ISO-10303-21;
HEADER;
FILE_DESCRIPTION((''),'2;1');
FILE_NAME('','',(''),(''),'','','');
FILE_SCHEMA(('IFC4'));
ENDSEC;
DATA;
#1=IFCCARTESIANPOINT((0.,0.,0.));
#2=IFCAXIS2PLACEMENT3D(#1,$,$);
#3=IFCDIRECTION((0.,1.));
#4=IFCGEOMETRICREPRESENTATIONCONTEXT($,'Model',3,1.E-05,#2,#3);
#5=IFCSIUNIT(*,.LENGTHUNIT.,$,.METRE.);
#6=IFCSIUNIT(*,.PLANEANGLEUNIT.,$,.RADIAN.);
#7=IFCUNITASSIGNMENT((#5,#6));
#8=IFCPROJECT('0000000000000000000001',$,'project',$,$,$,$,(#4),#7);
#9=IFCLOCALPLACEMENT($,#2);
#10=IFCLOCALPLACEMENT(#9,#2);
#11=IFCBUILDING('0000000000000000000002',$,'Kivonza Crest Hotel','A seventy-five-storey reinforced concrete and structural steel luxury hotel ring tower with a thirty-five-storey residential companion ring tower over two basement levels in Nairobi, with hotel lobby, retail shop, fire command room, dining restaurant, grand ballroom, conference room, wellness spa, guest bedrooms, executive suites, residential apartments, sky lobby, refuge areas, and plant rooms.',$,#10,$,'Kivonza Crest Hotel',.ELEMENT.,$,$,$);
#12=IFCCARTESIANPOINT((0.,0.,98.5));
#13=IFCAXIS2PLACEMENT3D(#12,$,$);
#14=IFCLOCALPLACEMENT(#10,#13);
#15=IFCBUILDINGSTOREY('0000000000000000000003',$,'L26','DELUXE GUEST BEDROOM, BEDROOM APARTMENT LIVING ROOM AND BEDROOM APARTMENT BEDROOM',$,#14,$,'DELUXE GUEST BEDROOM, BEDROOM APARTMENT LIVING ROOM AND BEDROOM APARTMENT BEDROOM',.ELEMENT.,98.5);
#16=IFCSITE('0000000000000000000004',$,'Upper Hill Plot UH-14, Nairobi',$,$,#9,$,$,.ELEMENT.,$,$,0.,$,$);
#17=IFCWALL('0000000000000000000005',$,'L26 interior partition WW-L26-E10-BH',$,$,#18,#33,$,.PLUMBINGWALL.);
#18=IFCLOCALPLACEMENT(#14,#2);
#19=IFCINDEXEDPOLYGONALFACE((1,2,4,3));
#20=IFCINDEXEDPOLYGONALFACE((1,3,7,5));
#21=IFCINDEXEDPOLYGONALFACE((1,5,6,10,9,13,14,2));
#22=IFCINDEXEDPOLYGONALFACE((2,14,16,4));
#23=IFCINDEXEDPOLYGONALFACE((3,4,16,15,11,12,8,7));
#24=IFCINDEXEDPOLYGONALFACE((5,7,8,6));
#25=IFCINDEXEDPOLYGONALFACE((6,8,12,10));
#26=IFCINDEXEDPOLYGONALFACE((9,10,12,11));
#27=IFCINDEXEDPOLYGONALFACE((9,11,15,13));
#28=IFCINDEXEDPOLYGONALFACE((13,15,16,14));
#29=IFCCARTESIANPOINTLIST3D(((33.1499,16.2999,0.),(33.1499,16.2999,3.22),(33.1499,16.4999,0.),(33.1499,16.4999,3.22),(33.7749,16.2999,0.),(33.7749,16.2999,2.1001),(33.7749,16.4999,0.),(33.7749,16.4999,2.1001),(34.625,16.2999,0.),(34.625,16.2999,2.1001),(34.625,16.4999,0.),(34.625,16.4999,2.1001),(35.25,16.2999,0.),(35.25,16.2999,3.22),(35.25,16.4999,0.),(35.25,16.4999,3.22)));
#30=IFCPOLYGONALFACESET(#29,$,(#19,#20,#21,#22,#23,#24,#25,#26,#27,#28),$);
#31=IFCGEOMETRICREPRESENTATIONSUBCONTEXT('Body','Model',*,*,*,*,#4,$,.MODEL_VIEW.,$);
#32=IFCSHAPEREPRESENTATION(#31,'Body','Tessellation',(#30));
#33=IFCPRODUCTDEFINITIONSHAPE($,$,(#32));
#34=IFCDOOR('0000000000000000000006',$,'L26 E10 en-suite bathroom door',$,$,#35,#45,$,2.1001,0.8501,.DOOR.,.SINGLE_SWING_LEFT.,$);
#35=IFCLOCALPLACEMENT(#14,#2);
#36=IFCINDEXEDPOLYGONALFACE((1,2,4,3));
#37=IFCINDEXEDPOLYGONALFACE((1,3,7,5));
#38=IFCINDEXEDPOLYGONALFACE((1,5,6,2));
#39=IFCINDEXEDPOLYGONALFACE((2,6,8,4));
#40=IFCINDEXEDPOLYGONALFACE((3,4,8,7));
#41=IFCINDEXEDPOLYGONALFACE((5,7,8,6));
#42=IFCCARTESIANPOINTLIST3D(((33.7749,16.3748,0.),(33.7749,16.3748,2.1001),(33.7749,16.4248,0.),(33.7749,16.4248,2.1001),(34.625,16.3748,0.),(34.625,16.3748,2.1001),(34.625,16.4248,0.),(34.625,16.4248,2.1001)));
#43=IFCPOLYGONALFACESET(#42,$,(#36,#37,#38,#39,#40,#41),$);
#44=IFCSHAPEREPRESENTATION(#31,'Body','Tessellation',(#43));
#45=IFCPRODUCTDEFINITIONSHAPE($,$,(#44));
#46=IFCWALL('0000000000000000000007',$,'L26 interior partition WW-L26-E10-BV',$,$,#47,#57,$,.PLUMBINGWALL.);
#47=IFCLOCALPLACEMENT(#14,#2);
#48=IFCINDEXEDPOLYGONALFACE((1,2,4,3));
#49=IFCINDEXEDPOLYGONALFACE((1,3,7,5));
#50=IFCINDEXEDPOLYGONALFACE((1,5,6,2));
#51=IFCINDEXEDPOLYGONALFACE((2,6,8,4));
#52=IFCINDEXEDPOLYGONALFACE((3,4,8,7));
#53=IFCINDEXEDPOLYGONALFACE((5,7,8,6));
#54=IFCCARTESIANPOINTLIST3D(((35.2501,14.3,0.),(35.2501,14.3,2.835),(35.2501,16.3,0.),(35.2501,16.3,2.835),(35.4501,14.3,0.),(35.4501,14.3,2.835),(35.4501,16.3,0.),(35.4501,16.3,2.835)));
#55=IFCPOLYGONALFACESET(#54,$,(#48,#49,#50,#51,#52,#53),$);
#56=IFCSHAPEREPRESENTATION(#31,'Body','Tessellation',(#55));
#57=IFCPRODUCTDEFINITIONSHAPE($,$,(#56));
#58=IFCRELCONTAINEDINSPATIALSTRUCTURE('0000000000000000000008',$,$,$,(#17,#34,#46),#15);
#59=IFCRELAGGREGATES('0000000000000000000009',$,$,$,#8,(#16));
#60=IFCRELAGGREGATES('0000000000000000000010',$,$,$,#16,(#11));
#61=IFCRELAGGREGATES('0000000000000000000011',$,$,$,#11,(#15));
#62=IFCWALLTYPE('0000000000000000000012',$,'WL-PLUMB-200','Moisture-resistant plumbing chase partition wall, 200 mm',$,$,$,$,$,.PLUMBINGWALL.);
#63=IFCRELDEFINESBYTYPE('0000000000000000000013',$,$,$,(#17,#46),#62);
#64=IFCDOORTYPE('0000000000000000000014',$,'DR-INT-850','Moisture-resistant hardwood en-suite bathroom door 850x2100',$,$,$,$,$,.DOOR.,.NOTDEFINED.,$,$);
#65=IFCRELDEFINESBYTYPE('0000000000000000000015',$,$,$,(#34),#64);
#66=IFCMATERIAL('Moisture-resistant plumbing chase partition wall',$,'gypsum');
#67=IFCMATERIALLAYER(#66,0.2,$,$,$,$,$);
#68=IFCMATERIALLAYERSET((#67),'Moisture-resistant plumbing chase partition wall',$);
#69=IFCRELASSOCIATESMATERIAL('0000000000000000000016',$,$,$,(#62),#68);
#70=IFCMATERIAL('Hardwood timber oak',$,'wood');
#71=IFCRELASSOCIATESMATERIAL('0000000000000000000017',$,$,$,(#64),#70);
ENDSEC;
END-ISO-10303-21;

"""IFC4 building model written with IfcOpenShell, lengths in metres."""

from ifc_helpers import new_model, si_unit, direction, frame, frame_2d, origin, place, context, subcontext, project, spatial, rectangle, extrude, material, layer, layer_set, type_object, element, fill, save


model = new_model("IFC4")

# Units and contexts
model_context = context("Model", 3, precision=1e-05, world=origin(), true_north=direction((0.0, 1.0)))
body_context = subcontext(model_context, "Body", "Model", "MODEL_VIEW")
ifc_project = project(units=[si_unit("LENGTHUNIT", "METRE"), si_unit("PLANEANGLEUNIT", "RADIAN")], contexts=[model_context])

# Site, building, storey
site_placement = place(None, origin())
site = spatial("IfcSite", under=ifc_project, at=site_placement, Name="Upper Hill Plot UH-14, Nairobi", CompositionType="ELEMENT", RefElevation=0.0)
building_placement = place(site_placement, origin())
building = spatial("IfcBuilding", under=site, at=building_placement, Name="Kivonza Crest Hotel", Description="A seventy-five-storey reinforced concrete and structural steel luxury hotel ring tower with a thirty-five-storey residential companion ring tower over two basement levels in Nairobi, with hotel lobby, retail shop, fire command room, dining restaurant, grand ballroom, conference room, wellness spa, guest bedrooms, executive suites, residential apartments, sky lobby, refuge areas, and plant rooms.", LongName="Kivonza Crest Hotel", CompositionType="ELEMENT")
storey_placement = place(building_placement, frame((0.0, 0.0, 98.5)))
storey = spatial("IfcBuildingStorey", under=building, at=storey_placement, Name="L26", Description="DELUXE GUEST BEDROOM, BEDROOM APARTMENT LIVING ROOM AND BEDROOM APARTMENT BEDROOM", LongName="DELUXE GUEST BEDROOM, BEDROOM APARTMENT LIVING ROOM AND BEDROOM APARTMENT BEDROOM", CompositionType="ELEMENT", Elevation=98.5)

# Shared definitions
ifc_material_1 = material(Name="Hardwood timber oak", Category="wood")

# Wall, opening, door
ifc_material_2 = material(Name="Moisture-resistant plumbing chase partition wall", Category="gypsum")
ifc_layer_1 = layer(ifc_material_2, 0.2)
ifc_layer_set_1 = layer_set([ifc_layer_1], Name="Moisture-resistant plumbing chase partition wall")
wall_type_1 = type_object("IfcWallType", Name="WL-PLUMB-200", Description="Moisture-resistant plumbing chase partition wall, 200 mm", PredefinedType="PLUMBINGWALL", material=ifc_layer_set_1)
wall_1_placement = place(storey_placement, frame((33.1499, 16.3999, 0.0), z_axis=(0.0, 0.0, 1.0), x_axis=(1.0, 0.0, 0.0)))
wall_1 = element("IfcWall", 1, at=wall_1_placement, inside=storey, type_object=wall_type_1, Name="L26 interior partition WW-L26-E10-BH", PredefinedType="PLUMBINGWALL", context=body_context, shape_type="SweptSolid", body=[
    extrude(rectangle(XDim=2.1001, YDim=0.2, at=frame_2d((1.05, 0.0))), origin(), (0.0, 0.0, 1.0), 3.22),
])
opening_1_placement = place(wall_1_placement, frame((0.625, 0.0, 0.0)))
opening_1 = element("IfcOpeningElement", 2, at=opening_1_placement, cuts=wall_1, PredefinedType="OPENING", context=body_context, shape_type="SweptSolid", body=[
    extrude(rectangle(XDim=0.8501, YDim=2.1001, at=frame_2d((0.425, 1.05))), frame((0.0, 0.1099, 0.0), z_axis=(0.0, -1.0, 0.0), x_axis=(1.0, 0.0, 0.0)), (0.0, 0.0, 1.0), 0.22),
])
door_type_1 = type_object("IfcDoorType", Name="DR-INT-850", Description="Moisture-resistant hardwood en-suite bathroom door 850x2100", OperationType="NOTDEFINED", PredefinedType="DOOR", material=ifc_material_1)
door_1_placement = place(opening_1_placement, origin())
door_1 = element("IfcDoor", 3, at=door_1_placement, inside=storey, type_object=door_type_1, Name="L26 E10 en-suite bathroom door", OperationType="SINGLE_SWING_LEFT", OverallHeight=2.1001, OverallWidth=0.8501, PredefinedType="DOOR", context=body_context, shape_type="SweptSolid", body=[
    extrude(rectangle(XDim=0.8501, YDim=2.1001, at=frame_2d((0.425, 1.05))), frame((0.0, 0.0249, 0.0), z_axis=(0.0, -1.0, 0.0), x_axis=(1.0, 0.0, 0.0)), (0.0, 0.0, 1.0), 0.05),
])
fill(opening_1, door_1)

# Wall
wall_2_placement = place(storey_placement, frame((35.3501, 14.3, 0.0), z_axis=(0.0, 0.0, 1.0), x_axis=(0.0, 1.0, 0.0)))
element("IfcWall", 4, at=wall_2_placement, inside=storey, type_object=wall_type_1, Name="L26 interior partition WW-L26-E10-BV", PredefinedType="PLUMBINGWALL", context=body_context, shape_type="SweptSolid", body=[
    extrude(rectangle(XDim=2.0, YDim=0.2, at=frame_2d((1.0, 0.0))), origin(), (0.0, 0.0, 1.0), 2.835),
])

save(model, "model.ifc")
